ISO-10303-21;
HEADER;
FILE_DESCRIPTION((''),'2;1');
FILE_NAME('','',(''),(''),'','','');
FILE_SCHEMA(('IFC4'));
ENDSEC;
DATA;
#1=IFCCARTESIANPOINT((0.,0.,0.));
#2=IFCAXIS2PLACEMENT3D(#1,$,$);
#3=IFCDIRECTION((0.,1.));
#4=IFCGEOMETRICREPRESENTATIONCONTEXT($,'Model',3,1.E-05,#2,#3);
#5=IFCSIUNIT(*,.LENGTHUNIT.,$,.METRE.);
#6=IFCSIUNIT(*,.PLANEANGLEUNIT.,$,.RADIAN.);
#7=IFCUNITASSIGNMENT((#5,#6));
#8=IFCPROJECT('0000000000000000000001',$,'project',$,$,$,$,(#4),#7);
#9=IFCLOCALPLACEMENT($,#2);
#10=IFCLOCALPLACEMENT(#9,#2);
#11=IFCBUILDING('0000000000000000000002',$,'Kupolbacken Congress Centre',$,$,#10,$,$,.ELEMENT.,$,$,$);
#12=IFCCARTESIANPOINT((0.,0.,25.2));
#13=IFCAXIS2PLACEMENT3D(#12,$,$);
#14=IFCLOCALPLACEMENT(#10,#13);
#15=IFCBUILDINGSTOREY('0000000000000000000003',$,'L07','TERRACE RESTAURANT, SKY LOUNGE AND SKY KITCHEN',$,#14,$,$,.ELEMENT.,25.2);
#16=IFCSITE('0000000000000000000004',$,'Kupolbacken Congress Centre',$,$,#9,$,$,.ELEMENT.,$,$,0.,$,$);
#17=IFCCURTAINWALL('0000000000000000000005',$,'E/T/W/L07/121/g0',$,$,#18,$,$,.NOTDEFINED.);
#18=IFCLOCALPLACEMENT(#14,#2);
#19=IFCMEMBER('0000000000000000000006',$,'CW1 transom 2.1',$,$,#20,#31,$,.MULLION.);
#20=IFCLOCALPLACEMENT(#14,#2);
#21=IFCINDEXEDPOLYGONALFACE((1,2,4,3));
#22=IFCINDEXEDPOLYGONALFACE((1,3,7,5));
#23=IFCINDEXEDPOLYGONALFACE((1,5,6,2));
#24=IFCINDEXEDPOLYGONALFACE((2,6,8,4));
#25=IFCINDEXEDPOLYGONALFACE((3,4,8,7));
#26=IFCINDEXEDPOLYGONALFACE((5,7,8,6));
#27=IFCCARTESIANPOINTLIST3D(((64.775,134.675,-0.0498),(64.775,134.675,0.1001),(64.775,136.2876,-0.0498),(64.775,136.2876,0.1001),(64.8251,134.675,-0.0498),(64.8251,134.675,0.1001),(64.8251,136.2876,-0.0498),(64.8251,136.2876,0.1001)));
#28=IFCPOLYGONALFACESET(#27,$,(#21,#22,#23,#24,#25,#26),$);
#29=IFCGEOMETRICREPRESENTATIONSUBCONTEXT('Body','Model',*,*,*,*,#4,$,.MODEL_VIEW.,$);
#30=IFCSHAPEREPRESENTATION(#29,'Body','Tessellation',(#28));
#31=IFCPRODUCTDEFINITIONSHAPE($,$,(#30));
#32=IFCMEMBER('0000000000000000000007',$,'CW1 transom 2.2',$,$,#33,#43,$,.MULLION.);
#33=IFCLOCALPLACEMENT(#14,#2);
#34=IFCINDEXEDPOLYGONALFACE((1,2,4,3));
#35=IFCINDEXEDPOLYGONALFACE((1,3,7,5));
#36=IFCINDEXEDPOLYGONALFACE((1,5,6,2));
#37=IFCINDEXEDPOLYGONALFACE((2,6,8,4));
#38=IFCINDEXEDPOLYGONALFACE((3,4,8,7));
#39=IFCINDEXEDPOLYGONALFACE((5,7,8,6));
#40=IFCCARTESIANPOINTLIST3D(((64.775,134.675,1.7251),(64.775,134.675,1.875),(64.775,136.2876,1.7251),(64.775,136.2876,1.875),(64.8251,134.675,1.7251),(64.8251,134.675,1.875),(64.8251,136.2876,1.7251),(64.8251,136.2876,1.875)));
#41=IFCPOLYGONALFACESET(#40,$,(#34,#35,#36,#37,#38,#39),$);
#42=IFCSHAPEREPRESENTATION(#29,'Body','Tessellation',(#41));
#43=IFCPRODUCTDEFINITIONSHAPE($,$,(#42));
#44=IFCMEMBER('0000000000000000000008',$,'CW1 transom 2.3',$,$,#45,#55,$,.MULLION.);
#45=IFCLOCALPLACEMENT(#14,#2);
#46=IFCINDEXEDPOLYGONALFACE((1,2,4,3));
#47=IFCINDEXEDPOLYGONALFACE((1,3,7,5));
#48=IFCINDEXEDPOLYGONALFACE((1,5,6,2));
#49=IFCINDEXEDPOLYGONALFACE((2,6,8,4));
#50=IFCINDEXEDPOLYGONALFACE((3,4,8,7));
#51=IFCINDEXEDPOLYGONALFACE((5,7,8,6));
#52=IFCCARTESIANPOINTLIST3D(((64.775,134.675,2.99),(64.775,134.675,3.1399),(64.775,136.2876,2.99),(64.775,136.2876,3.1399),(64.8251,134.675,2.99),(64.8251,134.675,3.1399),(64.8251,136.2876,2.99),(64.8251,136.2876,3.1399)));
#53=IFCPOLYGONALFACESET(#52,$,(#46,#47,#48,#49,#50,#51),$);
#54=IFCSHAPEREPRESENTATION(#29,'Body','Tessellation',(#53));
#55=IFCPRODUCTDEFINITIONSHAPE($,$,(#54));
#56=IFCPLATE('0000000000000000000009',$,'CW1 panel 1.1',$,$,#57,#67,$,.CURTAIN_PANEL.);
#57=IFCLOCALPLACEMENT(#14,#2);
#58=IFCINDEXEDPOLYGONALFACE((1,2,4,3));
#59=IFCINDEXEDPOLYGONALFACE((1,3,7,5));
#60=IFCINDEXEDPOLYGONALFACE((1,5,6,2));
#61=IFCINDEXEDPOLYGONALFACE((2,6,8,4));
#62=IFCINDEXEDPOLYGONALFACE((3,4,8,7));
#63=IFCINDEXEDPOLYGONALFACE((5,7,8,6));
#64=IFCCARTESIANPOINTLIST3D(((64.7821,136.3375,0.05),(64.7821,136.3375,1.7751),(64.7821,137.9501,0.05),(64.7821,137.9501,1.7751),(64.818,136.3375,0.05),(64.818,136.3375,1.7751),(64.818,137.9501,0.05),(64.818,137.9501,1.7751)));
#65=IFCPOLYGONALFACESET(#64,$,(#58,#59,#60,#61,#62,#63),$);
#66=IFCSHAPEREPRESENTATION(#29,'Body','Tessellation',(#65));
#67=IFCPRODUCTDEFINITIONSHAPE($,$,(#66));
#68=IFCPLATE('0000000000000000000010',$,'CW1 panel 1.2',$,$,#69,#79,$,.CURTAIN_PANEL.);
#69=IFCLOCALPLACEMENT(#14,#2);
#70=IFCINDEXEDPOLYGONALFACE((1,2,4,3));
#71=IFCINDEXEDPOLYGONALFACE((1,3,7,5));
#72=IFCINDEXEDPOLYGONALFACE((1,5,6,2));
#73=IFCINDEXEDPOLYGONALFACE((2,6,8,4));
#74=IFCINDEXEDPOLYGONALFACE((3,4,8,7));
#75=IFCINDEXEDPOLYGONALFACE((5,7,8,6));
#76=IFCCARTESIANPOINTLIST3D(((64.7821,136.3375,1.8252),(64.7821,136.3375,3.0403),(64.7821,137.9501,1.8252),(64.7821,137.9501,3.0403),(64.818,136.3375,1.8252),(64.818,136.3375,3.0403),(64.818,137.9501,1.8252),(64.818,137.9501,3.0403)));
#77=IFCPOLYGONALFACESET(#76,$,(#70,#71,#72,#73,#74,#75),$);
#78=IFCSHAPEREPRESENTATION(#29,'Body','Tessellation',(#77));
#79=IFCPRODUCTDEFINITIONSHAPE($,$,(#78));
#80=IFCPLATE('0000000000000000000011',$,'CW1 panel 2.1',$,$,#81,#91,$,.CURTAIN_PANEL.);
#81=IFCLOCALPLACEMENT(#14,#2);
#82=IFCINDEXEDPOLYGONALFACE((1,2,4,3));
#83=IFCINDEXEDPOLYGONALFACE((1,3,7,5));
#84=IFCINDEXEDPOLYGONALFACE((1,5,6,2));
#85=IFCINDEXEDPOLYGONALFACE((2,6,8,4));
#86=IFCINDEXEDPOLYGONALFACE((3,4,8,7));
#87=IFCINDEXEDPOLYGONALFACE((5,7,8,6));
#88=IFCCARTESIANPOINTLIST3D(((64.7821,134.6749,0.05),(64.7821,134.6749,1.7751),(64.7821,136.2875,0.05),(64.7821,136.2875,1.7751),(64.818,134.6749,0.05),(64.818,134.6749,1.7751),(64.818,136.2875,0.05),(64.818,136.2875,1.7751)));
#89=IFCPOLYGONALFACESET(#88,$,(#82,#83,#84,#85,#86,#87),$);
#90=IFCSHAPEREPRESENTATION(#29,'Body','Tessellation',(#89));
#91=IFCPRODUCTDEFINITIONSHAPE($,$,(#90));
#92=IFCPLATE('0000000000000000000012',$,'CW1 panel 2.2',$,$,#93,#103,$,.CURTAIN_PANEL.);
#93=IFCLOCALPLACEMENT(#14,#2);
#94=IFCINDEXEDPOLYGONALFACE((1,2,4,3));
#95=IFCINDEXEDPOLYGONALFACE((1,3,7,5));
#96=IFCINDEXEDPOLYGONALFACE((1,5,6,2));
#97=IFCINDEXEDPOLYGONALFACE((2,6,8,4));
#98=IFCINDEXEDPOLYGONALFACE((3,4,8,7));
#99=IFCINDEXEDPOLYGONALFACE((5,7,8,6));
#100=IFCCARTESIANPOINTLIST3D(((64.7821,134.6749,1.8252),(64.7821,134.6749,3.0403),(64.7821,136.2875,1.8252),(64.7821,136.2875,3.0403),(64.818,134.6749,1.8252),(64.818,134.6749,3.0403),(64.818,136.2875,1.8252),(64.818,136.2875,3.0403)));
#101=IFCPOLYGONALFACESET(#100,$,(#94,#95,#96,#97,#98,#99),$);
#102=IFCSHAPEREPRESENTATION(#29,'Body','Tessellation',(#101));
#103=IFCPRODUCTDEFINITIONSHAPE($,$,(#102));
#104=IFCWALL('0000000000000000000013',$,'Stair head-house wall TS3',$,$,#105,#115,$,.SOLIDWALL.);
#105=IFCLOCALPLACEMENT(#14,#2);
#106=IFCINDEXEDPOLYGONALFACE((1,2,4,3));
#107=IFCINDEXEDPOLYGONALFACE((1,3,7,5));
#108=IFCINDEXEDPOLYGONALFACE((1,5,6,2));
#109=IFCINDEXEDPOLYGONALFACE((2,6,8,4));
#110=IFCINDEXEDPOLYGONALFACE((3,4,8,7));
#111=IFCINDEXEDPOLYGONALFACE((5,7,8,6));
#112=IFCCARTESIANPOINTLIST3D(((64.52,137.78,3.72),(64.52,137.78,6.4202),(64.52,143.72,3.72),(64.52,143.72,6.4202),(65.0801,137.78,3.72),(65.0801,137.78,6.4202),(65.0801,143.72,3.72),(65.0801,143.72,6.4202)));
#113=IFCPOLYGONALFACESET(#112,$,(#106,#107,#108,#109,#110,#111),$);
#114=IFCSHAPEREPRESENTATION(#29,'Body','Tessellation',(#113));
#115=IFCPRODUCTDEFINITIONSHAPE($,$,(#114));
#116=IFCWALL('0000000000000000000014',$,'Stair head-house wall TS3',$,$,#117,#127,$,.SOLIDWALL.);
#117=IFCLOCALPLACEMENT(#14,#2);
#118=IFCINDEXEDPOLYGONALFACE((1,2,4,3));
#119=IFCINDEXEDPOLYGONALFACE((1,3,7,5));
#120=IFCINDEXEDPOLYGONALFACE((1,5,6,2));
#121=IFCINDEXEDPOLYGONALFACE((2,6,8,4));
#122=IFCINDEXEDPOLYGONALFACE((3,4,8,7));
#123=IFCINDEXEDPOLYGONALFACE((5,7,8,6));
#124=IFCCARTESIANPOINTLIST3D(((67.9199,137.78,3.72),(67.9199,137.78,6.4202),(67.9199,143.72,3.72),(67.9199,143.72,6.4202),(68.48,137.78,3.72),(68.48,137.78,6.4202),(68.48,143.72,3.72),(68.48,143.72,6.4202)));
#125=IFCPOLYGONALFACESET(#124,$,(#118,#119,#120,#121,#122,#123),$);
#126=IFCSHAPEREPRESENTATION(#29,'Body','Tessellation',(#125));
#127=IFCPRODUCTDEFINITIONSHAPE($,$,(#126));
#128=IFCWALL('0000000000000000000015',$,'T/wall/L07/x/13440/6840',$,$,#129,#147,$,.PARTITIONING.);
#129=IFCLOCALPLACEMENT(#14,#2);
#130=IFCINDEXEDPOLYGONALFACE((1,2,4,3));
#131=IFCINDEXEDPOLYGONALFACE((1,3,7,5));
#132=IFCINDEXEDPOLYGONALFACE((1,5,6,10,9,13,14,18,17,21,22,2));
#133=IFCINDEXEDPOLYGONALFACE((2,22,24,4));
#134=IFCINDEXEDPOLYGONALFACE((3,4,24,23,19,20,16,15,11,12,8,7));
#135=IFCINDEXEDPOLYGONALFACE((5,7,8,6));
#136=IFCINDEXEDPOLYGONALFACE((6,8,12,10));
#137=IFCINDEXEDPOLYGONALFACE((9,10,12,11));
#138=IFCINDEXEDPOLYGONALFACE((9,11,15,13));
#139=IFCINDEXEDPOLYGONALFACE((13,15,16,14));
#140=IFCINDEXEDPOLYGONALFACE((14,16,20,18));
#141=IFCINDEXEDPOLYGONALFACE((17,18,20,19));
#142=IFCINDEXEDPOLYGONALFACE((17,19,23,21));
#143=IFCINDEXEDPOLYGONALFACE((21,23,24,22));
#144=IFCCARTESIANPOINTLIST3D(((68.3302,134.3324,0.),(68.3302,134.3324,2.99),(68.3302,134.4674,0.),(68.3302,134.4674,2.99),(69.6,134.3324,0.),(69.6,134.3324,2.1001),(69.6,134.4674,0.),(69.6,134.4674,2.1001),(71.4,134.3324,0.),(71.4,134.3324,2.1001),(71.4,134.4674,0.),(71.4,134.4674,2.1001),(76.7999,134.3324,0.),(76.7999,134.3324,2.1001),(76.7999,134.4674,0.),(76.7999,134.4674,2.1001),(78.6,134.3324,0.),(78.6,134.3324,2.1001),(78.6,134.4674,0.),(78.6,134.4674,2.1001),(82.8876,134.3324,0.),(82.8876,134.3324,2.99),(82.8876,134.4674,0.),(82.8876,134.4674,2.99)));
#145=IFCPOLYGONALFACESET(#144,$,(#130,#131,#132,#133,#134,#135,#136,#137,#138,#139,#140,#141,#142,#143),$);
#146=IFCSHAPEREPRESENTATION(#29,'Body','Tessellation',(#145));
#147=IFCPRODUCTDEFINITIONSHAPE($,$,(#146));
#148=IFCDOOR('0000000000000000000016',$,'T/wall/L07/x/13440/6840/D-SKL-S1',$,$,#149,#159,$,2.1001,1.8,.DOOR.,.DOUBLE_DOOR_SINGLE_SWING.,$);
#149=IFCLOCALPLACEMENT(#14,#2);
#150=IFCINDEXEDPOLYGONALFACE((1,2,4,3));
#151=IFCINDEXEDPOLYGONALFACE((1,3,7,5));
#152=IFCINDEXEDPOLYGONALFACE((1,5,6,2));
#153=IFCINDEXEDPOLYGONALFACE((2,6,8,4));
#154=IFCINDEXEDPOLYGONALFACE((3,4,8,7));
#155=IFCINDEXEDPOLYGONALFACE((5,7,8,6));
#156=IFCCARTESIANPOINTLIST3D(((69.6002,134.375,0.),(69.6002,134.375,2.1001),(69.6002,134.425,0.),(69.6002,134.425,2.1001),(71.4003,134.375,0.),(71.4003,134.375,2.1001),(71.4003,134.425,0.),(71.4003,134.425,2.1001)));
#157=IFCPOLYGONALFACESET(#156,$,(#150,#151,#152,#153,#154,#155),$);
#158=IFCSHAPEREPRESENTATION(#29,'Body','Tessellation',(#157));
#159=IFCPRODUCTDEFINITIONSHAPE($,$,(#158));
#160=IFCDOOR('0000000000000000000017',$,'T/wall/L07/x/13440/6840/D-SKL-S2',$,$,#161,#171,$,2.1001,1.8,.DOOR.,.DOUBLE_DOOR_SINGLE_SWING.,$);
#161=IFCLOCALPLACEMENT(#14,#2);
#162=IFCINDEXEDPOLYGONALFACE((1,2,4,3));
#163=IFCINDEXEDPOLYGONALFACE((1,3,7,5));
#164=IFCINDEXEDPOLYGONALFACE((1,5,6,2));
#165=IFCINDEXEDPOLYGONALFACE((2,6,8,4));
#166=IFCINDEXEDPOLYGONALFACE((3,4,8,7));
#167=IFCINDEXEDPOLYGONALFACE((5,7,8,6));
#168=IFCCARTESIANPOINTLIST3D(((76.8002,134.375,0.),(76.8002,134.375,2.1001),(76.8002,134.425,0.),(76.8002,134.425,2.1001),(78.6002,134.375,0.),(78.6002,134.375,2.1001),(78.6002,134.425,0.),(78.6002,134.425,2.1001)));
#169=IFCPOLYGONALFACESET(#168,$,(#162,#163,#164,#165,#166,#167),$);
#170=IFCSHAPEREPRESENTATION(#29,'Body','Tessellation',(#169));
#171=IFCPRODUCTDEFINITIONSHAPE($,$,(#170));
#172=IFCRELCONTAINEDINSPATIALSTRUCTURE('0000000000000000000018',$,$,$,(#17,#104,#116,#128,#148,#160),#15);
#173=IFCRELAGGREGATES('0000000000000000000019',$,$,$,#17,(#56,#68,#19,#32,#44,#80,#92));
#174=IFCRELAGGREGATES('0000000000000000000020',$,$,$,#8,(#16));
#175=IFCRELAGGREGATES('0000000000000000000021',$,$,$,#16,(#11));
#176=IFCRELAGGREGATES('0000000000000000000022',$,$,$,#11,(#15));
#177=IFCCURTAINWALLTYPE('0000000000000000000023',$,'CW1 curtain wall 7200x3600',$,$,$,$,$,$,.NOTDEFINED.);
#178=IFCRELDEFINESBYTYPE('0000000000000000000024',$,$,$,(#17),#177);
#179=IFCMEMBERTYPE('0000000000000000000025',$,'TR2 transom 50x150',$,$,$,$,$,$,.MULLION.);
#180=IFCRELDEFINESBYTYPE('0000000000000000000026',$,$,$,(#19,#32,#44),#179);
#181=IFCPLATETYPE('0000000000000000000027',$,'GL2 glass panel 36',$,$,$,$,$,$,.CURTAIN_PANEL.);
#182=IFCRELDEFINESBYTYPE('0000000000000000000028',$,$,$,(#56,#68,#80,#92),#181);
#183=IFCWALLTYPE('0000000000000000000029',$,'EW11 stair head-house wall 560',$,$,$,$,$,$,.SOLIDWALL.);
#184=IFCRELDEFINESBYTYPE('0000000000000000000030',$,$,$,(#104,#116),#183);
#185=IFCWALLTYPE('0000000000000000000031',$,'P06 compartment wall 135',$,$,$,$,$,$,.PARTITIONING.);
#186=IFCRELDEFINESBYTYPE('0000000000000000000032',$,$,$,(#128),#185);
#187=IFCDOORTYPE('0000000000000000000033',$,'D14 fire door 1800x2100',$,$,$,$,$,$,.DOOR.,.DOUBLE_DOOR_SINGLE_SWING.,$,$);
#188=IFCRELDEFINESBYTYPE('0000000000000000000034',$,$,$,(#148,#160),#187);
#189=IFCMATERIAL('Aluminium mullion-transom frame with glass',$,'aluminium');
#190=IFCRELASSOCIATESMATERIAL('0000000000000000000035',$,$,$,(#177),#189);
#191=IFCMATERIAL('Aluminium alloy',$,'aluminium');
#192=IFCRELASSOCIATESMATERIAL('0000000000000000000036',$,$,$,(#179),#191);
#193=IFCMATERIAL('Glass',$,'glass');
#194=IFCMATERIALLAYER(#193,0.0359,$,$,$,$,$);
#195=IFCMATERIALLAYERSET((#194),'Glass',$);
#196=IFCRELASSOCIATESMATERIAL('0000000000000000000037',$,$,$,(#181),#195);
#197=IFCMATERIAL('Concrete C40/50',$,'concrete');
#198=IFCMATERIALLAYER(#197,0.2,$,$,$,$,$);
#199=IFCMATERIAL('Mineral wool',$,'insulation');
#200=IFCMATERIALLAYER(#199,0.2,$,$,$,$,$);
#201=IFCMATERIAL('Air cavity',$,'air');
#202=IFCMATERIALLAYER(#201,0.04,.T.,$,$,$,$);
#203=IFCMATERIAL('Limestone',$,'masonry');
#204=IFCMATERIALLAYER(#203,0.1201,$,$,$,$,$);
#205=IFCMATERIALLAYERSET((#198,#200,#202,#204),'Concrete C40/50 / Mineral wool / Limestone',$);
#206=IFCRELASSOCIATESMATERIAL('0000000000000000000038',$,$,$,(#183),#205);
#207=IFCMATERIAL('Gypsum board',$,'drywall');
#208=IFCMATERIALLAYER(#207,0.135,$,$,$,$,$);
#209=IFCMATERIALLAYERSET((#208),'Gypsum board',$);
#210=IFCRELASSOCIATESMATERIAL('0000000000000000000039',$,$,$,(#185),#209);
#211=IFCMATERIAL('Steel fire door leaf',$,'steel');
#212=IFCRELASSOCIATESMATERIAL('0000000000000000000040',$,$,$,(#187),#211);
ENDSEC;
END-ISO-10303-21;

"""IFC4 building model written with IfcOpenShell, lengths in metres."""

from ifc_helpers import new_model, si_unit, direction, frame, frame_2d, origin, origin_2d, place, context, subcontext, project, spatial, rectangle, extrude, material, layer, layer_set, material_profile, profile_set, type_object, element, fill, aggregate, save


model = new_model("IFC4")

# Units and contexts
model_context = context("Model", 3, precision=1e-05, world=origin(), true_north=direction((0.0, 1.0)))
body_context = subcontext(model_context, "Body", "Model", "MODEL_VIEW")
ifc_project = project(units=[si_unit("LENGTHUNIT", "METRE"), si_unit("PLANEANGLEUNIT", "RADIAN")], contexts=[model_context])

# Site, building, storey
site_placement = place(None, origin())
site = spatial("IfcSite", under=ifc_project, at=site_placement, Name="Kupolbacken Congress Centre", CompositionType="ELEMENT", RefElevation=0.0)
building_placement = place(site_placement, origin())
building = spatial("IfcBuilding", under=site, at=building_placement, Name="Kupolbacken Congress Centre", CompositionType="ELEMENT")
storey_placement = place(building_placement, frame((0.0, 0.0, 25.2)))
storey = spatial("IfcBuildingStorey", under=building, at=storey_placement, Name="L07", Description="TERRACE RESTAURANT, SKY LOUNGE AND SKY KITCHEN", CompositionType="ELEMENT", Elevation=25.2)

# Curtain wall, members, plates
ifc_material_1 = material(Name="Aluminium mullion-transom frame with glass", Category="aluminium")
curtain_wall_type = type_object("IfcCurtainWallType", Name="CW1 curtain wall 7200x3600", PredefinedType="NOTDEFINED", material=ifc_material_1)
curtain_wall_placement = place(storey_placement, origin())
curtain_wall = element("IfcCurtainWall", 1, at=curtain_wall_placement, inside=storey, type_object=curtain_wall_type, Name="E/T/W/L07/121/g0", PredefinedType="NOTDEFINED")
ifc_material_2 = material(Name="Aluminium alloy", Category="aluminium")
ifc_material_profile_1 = material_profile(ifc_material_2, rectangle(XDim=0.05, YDim=0.1499, at=origin_2d()), Name="50 x 150")
ifc_profile_set_1 = profile_set([ifc_material_profile_1], Name="Aluminium alloy")
member_type = type_object("IfcMemberType", Name="TR2 transom 50x150", PredefinedType="MULLION", material=ifc_profile_set_1)
member_1_placement = place(storey_placement, frame((64.8, 136.2876, 0.0251), z_axis=(0.0, -1.0, 0.0), x_axis=(1.0, 0.0, 0.0)))
member_1 = element("IfcMember", 2, at=member_1_placement, type_object=member_type, Name="CW1 transom 2.1", PredefinedType="MULLION", context=body_context, shape_type="SweptSolid", body=[
    extrude(rectangle(XDim=0.05, YDim=0.1499, at=origin_2d()), origin(), (0.0, 0.0, 1.0), 1.6125),
])
member_2_placement = place(storey_placement, frame((64.8, 136.2876, 1.8), z_axis=(0.0, -1.0, 0.0), x_axis=(1.0, 0.0, 0.0)))
member_2 = element("IfcMember", 3, at=member_2_placement, type_object=member_type, Name="CW1 transom 2.2", PredefinedType="MULLION", context=body_context, shape_type="SweptSolid", body=[
    extrude(rectangle(XDim=0.05, YDim=0.1499, at=origin_2d()), origin(), (0.0, 0.0, 1.0), 1.6125),
])
member_3_placement = place(storey_placement, frame((64.8, 136.2876, 3.0649), z_axis=(0.0, -1.0, 0.0), x_axis=(1.0, 0.0, 0.0)))
member_3 = element("IfcMember", 4, at=member_3_placement, type_object=member_type, Name="CW1 transom 2.3", PredefinedType="MULLION", context=body_context, shape_type="SweptSolid", body=[
    extrude(rectangle(XDim=0.05, YDim=0.1499, at=origin_2d()), origin(), (0.0, 0.0, 1.0), 1.6125),
])
ifc_material_3 = material(Name="Glass", Category="glass")
ifc_layer_1 = layer(ifc_material_3, 0.0359)
ifc_layer_set_1 = layer_set([ifc_layer_1], Name="Glass")
plate_type = type_object("IfcPlateType", Name="GL2 glass panel 36", PredefinedType="CURTAIN_PANEL", material=ifc_layer_set_1)
plate_1_placement = place(storey_placement, frame((64.8, 137.1438, 0.05), z_axis=(0.0, 0.0, 1.0), x_axis=(0.0, -1.0, 0.0)))
plate_1 = element("IfcPlate", 5, at=plate_1_placement, type_object=plate_type, Name="CW1 panel 1.1", PredefinedType="CURTAIN_PANEL", context=body_context, shape_type="SweptSolid", body=[
    extrude(rectangle(XDim=1.6125, YDim=0.0359, at=origin_2d()), origin(), (0.0, 0.0, 1.0), 1.7251),
])
plate_2_placement = place(storey_placement, frame((64.8, 137.1438, 1.8252), z_axis=(0.0, 0.0, 1.0), x_axis=(0.0, -1.0, 0.0)))
plate_2 = element("IfcPlate", 6, at=plate_2_placement, type_object=plate_type, Name="CW1 panel 1.2", PredefinedType="CURTAIN_PANEL", context=body_context, shape_type="SweptSolid", body=[
    extrude(rectangle(XDim=1.6125, YDim=0.0359, at=origin_2d()), origin(), (0.0, 0.0, 1.0), 1.2151),
])
plate_3_placement = place(storey_placement, frame((64.8, 135.4812, 0.05), z_axis=(0.0, 0.0, 1.0), x_axis=(0.0, -1.0, 0.0)))
plate_3 = element("IfcPlate", 7, at=plate_3_placement, type_object=plate_type, Name="CW1 panel 2.1", PredefinedType="CURTAIN_PANEL", context=body_context, shape_type="SweptSolid", body=[
    extrude(rectangle(XDim=1.6125, YDim=0.0359, at=origin_2d()), origin(), (0.0, 0.0, 1.0), 1.7251),
])
plate_4_placement = place(storey_placement, frame((64.8, 135.4812, 1.8252), z_axis=(0.0, 0.0, 1.0), x_axis=(0.0, -1.0, 0.0)))
plate_4 = element("IfcPlate", 8, at=plate_4_placement, type_object=plate_type, Name="CW1 panel 2.2", PredefinedType="CURTAIN_PANEL", context=body_context, shape_type="SweptSolid", body=[
    extrude(rectangle(XDim=1.6125, YDim=0.0359, at=origin_2d()), origin(), (0.0, 0.0, 1.0), 1.2151),
])
aggregate(curtain_wall, [plate_1, plate_2, member_1, member_2, member_3, plate_3, plate_4])

# Walls
ifc_material_4 = material(Name="Concrete C40/50", Category="concrete")
ifc_layer_2 = layer(ifc_material_4, 0.2)
ifc_material_5 = material(Name="Mineral wool", Category="insulation")
ifc_layer_3 = layer(ifc_material_5, 0.2)
ifc_material_6 = material(Name="Air cavity", Category="air")
ifc_layer_4 = layer(ifc_material_6, 0.04, ventilated=True)
ifc_material_7 = material(Name="Limestone", Category="masonry")
ifc_layer_5 = layer(ifc_material_7, 0.1201)
ifc_layer_set_2 = layer_set([ifc_layer_2, ifc_layer_3, ifc_layer_4, ifc_layer_5], Name="Concrete C40/50 / Mineral wool / Limestone")
wall_type_1 = type_object("IfcWallType", Name="EW11 stair head-house wall 560", PredefinedType="SOLIDWALL", material=ifc_layer_set_2)
for number, where, z_axis, x_axis, name in (
    (9, (64.8, 137.78, 3.72), (0.0, 0.0, 1.0), (0.0, 1.0, 0.0), "Stair head-house wall TS3"),
    (10, (68.2, 137.78, 3.72), (0.0, 0.0, 1.0), (0.0, 1.0, 0.0), "Stair head-house wall TS3"),
):
    element("IfcWall", number, at=place(storey_placement, frame(where, z_axis=z_axis, x_axis=x_axis)), inside=storey, type_object=wall_type_1, Name=name, PredefinedType="SOLIDWALL", context=body_context, shape_type="SweptSolid", body=[
        extrude(rectangle(XDim=5.9399, YDim=0.5601, at=frame_2d((2.97, 0.0))), origin(), (0.0, 0.0, 1.0), 2.7002),
    ])

# Wall, openings, doors
ifc_material_8 = material(Name="Gypsum board", Category="drywall")
ifc_layer_6 = layer(ifc_material_8, 0.135)
ifc_layer_set_3 = layer_set([ifc_layer_6], Name="Gypsum board")
wall_type_2 = type_object("IfcWallType", Name="P06 compartment wall 135", PredefinedType="PARTITIONING", material=ifc_layer_set_3)
wall_1_placement = place(storey_placement, frame((68.3301, 134.3999, 0.0), z_axis=(0.0, 0.0, 1.0), x_axis=(1.0, 0.0, 0.0)))
wall_1 = element("IfcWall", 11, at=wall_1_placement, inside=storey, type_object=wall_type_2, Name="T/wall/L07/x/13440/6840", PredefinedType="PARTITIONING", context=body_context, shape_type="SweptSolid", body=[
    extrude(rectangle(XDim=14.5574, YDim=0.135, at=frame_2d((7.2788, 0.0))), origin(), (0.0, 0.0, 1.0), 2.99),
])
opening_1_placement = place(wall_1_placement, frame((1.27, 0.0, 0.0)))
opening_1 = element("IfcOpeningElement", 12, at=opening_1_placement, cuts=wall_1, PredefinedType="OPENING", context=body_context, shape_type="SweptSolid", body=[
    extrude(rectangle(XDim=1.8, YDim=2.1001, at=frame_2d((0.8999, 1.05))), frame((0.0, 0.0774, 0.0), z_axis=(0.0, -1.0, 0.0), x_axis=(1.0, 0.0, 0.0)), (0.0, 0.0, 1.0), 0.155),
])
opening_2_placement = place(wall_1_placement, frame((8.47, 0.0, 0.0)))
opening_2 = element("IfcOpeningElement", 13, at=opening_2_placement, cuts=wall_1, PredefinedType="OPENING", context=body_context, shape_type="SweptSolid", body=[
    extrude(rectangle(XDim=1.8, YDim=2.1001, at=frame_2d((0.8999, 1.05))), frame((0.0, 0.0774, 0.0), z_axis=(0.0, -1.0, 0.0), x_axis=(1.0, 0.0, 0.0)), (0.0, 0.0, 1.0), 0.155),
])
ifc_material_9 = material(Name="Steel fire door leaf", Category="steel")
door_type_1 = type_object("IfcDoorType", Name="D14 fire door 1800x2100", OperationType="DOUBLE_DOOR_SINGLE_SWING", PredefinedType="DOOR", material=ifc_material_9)
door_1_placement = place(opening_1_placement, frame((1.8, 0.0, 0.0), z_axis=(0.0, 0.0, 1.0), x_axis=(-1.0, 0.0, 0.0)))
door_1 = element("IfcDoor", 14, at=door_1_placement, inside=storey, type_object=door_type_1, Name="T/wall/L07/x/13440/6840/D-SKL-S1", OperationType="DOUBLE_DOOR_SINGLE_SWING", OverallHeight=2.1001, OverallWidth=1.8, PredefinedType="DOOR", context=body_context, shape_type="SweptSolid", body=[
    extrude(rectangle(XDim=1.8, YDim=2.1001, at=frame_2d((0.8999, 1.05))), frame((0.0, 0.0249, 0.0), z_axis=(0.0, -1.0, 0.0), x_axis=(1.0, 0.0, 0.0)), (0.0, 0.0, 1.0), 0.05),
])
fill(opening_1, door_1)
door_2_placement = place(opening_2_placement, frame((1.8, 0.0, 0.0), z_axis=(0.0, 0.0, 1.0), x_axis=(-1.0, 0.0, 0.0)))
door_2 = element("IfcDoor", 15, at=door_2_placement, inside=storey, type_object=door_type_1, Name="T/wall/L07/x/13440/6840/D-SKL-S2", OperationType="DOUBLE_DOOR_SINGLE_SWING", OverallHeight=2.1001, OverallWidth=1.8, PredefinedType="DOOR", context=body_context, shape_type="SweptSolid", body=[
    extrude(rectangle(XDim=1.8, YDim=2.1001, at=frame_2d((0.8999, 1.05))), frame((0.0, 0.0249, 0.0), z_axis=(0.0, -1.0, 0.0), x_axis=(1.0, 0.0, 0.0)), (0.0, 0.0, 1.0), 0.05),
])
fill(opening_2, door_2)

save(model, "model.ifc")
